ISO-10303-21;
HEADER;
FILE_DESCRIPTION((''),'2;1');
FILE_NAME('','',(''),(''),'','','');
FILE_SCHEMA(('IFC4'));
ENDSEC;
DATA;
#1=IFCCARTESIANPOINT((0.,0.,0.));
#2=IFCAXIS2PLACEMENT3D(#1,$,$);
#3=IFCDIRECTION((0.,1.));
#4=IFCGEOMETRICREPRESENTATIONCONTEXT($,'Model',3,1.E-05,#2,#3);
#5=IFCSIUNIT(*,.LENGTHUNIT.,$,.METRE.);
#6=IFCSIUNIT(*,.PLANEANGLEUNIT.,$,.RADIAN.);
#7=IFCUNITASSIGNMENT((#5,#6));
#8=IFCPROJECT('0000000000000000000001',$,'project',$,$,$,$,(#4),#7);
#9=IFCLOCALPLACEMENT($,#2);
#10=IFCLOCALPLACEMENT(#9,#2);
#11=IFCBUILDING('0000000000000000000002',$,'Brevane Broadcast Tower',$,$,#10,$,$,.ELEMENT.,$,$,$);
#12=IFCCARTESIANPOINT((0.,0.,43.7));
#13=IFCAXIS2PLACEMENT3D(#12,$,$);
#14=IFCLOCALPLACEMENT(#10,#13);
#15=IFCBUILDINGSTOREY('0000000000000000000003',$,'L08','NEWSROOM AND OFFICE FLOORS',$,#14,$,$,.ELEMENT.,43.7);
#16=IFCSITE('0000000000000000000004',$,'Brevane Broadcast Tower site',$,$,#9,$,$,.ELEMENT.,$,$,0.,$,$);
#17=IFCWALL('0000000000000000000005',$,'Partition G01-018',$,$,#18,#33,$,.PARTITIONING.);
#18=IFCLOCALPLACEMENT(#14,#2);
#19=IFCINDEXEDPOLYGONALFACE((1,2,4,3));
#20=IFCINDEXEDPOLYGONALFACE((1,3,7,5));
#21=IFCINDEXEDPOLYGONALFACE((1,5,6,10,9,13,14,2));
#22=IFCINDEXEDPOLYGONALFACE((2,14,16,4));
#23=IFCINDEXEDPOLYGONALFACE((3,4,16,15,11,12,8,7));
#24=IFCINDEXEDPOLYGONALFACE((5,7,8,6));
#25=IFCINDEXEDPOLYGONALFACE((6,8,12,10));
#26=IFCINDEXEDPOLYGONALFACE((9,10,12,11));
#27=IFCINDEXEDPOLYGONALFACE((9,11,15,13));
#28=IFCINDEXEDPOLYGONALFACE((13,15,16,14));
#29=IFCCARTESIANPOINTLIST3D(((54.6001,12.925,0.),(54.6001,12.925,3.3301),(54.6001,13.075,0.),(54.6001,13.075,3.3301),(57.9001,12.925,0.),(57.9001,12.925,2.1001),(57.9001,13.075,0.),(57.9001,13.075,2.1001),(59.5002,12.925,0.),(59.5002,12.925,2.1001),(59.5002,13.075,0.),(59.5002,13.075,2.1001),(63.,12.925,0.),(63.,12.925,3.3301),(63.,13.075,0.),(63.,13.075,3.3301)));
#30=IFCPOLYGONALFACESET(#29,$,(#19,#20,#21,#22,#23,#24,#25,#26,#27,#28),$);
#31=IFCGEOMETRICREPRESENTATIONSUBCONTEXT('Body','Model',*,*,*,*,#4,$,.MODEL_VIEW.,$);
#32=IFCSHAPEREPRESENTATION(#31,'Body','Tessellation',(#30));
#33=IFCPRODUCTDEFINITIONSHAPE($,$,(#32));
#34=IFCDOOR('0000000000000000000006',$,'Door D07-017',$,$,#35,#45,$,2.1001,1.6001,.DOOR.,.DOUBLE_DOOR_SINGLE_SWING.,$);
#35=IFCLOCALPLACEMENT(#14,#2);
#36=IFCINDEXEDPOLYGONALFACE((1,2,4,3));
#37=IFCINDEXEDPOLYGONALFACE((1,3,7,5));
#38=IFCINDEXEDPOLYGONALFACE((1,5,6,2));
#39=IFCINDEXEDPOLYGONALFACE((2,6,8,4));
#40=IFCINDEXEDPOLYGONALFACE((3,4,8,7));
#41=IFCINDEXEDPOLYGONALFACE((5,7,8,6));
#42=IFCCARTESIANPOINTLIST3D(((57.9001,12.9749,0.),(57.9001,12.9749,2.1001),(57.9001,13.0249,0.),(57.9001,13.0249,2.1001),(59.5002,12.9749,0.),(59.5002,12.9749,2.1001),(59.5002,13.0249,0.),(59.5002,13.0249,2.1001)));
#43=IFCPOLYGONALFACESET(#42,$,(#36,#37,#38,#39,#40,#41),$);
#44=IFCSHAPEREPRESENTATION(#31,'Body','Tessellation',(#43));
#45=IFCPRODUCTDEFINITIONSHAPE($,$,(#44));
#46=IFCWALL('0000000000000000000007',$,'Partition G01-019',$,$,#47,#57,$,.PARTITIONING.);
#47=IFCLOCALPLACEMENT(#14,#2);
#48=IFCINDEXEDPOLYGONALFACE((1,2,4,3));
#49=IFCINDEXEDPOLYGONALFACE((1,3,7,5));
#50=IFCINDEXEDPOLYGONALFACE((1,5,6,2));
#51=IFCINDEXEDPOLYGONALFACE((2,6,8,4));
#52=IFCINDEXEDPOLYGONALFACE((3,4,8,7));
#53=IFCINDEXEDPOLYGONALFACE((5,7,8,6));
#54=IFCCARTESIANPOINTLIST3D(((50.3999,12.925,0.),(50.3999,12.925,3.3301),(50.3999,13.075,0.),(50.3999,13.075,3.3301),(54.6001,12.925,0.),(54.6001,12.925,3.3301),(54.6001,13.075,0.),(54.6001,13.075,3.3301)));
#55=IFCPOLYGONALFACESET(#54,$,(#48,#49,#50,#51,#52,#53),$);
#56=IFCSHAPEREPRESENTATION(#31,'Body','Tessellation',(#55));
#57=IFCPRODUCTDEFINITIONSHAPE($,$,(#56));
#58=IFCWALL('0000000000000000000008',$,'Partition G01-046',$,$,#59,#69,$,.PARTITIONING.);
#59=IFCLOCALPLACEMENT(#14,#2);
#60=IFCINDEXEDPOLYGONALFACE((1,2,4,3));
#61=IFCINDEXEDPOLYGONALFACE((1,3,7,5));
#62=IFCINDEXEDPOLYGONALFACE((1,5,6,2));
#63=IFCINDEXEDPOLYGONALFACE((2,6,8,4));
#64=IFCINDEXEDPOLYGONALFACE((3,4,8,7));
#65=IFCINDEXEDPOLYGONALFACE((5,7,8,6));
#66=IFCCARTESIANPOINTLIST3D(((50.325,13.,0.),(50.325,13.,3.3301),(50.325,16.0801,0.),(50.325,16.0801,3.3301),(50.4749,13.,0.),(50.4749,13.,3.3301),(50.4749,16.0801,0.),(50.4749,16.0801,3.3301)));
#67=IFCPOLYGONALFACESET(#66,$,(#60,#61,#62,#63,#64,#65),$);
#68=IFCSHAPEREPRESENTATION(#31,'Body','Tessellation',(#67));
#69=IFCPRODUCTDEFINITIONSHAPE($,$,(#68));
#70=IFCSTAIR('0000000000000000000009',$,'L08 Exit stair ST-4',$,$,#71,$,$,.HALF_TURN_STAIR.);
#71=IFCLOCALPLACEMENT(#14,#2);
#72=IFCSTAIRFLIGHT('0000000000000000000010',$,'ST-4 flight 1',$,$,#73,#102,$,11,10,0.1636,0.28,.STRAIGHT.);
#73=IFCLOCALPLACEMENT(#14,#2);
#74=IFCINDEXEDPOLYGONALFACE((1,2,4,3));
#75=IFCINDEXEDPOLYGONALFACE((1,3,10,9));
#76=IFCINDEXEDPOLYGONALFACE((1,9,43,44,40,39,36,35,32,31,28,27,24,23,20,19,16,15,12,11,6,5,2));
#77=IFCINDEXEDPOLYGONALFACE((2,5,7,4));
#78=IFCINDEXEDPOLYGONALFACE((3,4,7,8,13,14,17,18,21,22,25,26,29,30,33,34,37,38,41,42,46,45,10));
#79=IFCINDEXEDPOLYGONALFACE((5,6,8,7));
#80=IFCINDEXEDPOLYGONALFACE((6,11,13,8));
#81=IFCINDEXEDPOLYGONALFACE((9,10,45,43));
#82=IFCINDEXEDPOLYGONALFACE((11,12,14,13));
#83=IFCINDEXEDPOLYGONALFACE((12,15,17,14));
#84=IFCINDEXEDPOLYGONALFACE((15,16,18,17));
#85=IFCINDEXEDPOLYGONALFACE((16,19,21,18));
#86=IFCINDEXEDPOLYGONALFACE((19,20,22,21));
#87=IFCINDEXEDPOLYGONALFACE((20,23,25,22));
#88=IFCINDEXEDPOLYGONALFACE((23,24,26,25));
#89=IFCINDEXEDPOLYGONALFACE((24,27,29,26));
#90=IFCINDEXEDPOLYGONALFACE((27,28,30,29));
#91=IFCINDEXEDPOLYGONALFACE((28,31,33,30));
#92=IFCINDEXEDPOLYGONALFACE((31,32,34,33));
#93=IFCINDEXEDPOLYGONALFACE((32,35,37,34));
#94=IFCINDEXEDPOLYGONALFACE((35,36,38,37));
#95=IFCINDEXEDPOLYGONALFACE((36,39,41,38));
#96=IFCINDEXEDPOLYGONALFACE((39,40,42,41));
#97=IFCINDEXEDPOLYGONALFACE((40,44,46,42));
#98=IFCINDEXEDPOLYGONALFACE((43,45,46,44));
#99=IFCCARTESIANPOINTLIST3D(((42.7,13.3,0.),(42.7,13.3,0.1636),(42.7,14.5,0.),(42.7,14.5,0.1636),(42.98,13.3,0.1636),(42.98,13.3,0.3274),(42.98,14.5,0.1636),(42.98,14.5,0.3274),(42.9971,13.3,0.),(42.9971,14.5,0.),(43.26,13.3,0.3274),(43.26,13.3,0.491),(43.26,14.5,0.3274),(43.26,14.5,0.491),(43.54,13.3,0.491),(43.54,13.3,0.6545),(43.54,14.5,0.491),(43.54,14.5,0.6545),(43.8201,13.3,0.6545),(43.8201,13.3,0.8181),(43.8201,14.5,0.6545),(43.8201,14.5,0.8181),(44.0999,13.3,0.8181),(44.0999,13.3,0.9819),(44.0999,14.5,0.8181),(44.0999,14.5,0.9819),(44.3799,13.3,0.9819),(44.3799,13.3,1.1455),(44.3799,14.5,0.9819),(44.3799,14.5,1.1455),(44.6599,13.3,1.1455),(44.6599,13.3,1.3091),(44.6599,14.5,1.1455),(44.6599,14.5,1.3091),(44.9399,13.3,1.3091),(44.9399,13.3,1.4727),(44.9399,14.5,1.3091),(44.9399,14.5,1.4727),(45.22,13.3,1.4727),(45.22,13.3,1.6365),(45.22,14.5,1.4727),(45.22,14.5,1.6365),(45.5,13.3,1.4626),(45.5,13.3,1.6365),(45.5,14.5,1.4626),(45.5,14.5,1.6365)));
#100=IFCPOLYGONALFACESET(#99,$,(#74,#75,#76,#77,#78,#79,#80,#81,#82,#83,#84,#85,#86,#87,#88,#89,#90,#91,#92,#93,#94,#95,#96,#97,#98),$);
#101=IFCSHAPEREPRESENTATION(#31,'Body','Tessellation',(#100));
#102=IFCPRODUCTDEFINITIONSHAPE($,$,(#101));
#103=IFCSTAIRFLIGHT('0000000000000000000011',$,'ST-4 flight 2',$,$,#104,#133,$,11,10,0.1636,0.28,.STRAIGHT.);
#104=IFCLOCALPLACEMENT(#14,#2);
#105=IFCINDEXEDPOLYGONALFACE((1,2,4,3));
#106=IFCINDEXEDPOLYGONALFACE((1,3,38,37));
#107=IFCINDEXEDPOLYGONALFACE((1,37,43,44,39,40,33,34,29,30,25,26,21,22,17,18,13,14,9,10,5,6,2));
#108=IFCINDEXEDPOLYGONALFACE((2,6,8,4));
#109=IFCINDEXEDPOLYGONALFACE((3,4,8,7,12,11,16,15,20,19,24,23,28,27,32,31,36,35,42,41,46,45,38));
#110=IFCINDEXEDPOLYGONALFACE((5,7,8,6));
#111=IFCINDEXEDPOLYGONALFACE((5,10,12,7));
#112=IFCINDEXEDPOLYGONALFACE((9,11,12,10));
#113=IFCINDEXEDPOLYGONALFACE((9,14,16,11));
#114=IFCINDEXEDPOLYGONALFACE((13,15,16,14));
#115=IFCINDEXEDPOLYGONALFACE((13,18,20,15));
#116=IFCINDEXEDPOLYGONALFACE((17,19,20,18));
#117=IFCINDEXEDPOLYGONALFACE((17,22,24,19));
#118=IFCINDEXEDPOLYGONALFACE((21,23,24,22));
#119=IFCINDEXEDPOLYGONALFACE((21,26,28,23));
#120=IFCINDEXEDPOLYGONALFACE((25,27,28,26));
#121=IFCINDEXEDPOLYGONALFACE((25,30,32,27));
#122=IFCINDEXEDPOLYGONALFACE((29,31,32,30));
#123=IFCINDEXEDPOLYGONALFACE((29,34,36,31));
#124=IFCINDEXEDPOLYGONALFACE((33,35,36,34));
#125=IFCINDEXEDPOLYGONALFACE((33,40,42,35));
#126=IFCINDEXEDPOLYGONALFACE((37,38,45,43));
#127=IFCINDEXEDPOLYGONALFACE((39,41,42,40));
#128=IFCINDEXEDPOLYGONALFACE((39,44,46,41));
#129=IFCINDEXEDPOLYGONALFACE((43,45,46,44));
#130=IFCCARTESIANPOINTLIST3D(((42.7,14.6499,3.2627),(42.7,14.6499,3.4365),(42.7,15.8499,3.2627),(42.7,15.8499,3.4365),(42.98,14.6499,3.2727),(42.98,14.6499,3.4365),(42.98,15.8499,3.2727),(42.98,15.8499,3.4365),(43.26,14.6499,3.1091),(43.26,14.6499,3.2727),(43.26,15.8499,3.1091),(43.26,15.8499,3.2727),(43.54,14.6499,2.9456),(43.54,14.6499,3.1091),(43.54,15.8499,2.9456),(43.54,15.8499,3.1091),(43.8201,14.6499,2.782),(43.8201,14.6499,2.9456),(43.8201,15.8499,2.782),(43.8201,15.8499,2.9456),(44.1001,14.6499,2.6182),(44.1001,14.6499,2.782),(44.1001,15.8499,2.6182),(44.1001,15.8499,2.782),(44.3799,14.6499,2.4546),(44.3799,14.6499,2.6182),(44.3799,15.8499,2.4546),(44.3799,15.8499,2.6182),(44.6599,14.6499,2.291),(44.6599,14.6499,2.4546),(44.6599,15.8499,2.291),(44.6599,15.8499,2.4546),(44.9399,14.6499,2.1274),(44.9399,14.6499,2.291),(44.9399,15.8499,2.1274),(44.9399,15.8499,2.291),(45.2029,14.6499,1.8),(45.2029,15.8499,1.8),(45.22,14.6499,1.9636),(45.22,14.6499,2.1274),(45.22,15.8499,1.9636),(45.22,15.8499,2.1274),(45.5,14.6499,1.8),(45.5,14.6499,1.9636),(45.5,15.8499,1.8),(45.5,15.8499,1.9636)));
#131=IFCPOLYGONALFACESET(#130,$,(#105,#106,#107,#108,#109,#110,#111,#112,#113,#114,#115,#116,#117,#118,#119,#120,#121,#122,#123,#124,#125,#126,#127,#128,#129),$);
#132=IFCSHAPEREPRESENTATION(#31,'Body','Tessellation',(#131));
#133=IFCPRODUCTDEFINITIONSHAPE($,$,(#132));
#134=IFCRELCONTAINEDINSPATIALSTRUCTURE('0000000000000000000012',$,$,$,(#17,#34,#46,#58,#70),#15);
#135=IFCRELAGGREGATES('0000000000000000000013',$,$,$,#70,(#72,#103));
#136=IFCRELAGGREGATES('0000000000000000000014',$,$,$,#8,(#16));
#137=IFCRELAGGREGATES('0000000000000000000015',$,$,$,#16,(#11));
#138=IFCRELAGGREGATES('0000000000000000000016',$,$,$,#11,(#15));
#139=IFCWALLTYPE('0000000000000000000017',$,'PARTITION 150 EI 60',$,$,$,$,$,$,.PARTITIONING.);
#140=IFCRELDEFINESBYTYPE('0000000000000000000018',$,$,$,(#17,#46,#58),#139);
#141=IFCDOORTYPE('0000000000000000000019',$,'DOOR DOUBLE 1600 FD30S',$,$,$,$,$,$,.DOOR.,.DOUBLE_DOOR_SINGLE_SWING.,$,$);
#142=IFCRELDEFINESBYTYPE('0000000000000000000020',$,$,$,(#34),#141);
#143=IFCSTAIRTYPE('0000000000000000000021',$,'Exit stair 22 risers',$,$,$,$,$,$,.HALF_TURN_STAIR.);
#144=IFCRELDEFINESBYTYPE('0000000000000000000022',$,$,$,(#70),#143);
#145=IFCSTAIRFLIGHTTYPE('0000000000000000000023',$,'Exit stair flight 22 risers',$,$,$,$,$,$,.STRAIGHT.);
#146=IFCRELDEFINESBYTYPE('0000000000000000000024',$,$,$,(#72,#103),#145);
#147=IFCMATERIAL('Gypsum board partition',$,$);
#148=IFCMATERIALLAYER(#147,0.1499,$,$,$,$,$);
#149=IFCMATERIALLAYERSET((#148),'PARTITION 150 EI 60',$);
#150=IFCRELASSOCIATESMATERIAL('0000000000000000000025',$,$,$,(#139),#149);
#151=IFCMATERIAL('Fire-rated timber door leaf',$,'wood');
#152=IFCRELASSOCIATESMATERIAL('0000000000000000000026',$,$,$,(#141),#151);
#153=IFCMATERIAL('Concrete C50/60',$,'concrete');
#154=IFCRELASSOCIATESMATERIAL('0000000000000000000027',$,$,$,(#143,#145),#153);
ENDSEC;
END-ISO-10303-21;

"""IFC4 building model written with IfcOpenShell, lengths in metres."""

from ifc_helpers import new_model, si_unit, direction, frame, frame_2d, origin, place, context, subcontext, project, spatial, polyline, rectangle, outline, extrude, material, layer, layer_set, type_object, element, fill, aggregate, save


model = new_model("IFC4")

# Units and contexts
model_context = context("Model", 3, precision=1e-05, world=origin(), true_north=direction((0.0, 1.0)))
body_context = subcontext(model_context, "Body", "Model", "MODEL_VIEW")
ifc_project = project(units=[si_unit("LENGTHUNIT", "METRE"), si_unit("PLANEANGLEUNIT", "RADIAN")], contexts=[model_context])

# Site, building, storey
site_placement = place(None, origin())
site = spatial("IfcSite", under=ifc_project, at=site_placement, Name="Brevane Broadcast Tower site", CompositionType="ELEMENT", RefElevation=0.0)
building_placement = place(site_placement, origin())
building = spatial("IfcBuilding", under=site, at=building_placement, Name="Brevane Broadcast Tower", CompositionType="ELEMENT")
storey_placement = place(building_placement, frame((0.0, 0.0, 43.7)))
storey = spatial("IfcBuildingStorey", under=building, at=storey_placement, Name="L08", Description="NEWSROOM AND OFFICE FLOORS", CompositionType="ELEMENT", Elevation=43.7)

# Shared definitions
ifc_material_1 = material(Name="Gypsum board partition")

# Shared definitions
ifc_layer_1 = layer(ifc_material_1, 0.1499)
ifc_layer_set_1 = layer_set([ifc_layer_1], Name="PARTITION 150 EI 60")
wall_type_1 = type_object("IfcWallType", Name="PARTITION 150 EI 60", PredefinedType="PARTITIONING", material=ifc_layer_set_1)
ifc_material_2 = material(Name="Fire-rated timber door leaf", Category="wood")
door_type_1 = type_object("IfcDoorType", Name="DOOR DOUBLE 1600 FD30S", OperationType="DOUBLE_DOOR_SINGLE_SWING", PredefinedType="DOOR", material=ifc_material_2)

# Wall, opening, door
wall_1_placement = place(storey_placement, frame((54.6001, 13.0, 0.0), z_axis=(0.0, 0.0, 1.0), x_axis=(1.0, 0.0, 0.0)))
wall_1 = element("IfcWall", 1, at=wall_1_placement, inside=storey, type_object=wall_type_1, Name="Partition G01-018", PredefinedType="PARTITIONING", context=body_context, shape_type="SweptSolid", body=[
    extrude(rectangle(XDim=8.3999, YDim=0.1499, at=frame_2d((4.2, 0.0))), origin(), (0.0, 0.0, 1.0), 3.3301),
])
opening_1_placement = place(wall_1_placement, frame((3.3, 0.0, 0.0)))
opening_1 = element("IfcOpeningElement", 2, at=opening_1_placement, cuts=wall_1, PredefinedType="OPENING", context=body_context, shape_type="SweptSolid", body=[
    extrude(rectangle(XDim=1.6001, YDim=2.1001, at=frame_2d((0.8, 1.05))), frame((0.0, 0.085, 0.0), z_axis=(0.0, -1.0, 0.0), x_axis=(1.0, 0.0, 0.0)), (0.0, 0.0, 1.0), 0.1699),
])
door_1_placement = place(opening_1_placement, origin())
door_1 = element("IfcDoor", 3, at=door_1_placement, inside=storey, type_object=door_type_1, Name="Door D07-017", OperationType="DOUBLE_DOOR_SINGLE_SWING", OverallHeight=2.1001, OverallWidth=1.6001, PredefinedType="DOOR", context=body_context, shape_type="SweptSolid", body=[
    extrude(rectangle(XDim=1.6001, YDim=2.1001, at=frame_2d((0.8, 1.05))), frame((0.0, 0.0249, 0.0), z_axis=(0.0, -1.0, 0.0), x_axis=(1.0, 0.0, 0.0)), (0.0, 0.0, 1.0), 0.05),
])
fill(opening_1, door_1)

# Walls
wall_2_placement = place(storey_placement, frame((50.3999, 13.0, 0.0), z_axis=(0.0, 0.0, 1.0), x_axis=(1.0, 0.0, 0.0)))
element("IfcWall", 4, at=wall_2_placement, inside=storey, type_object=wall_type_1, Name="Partition G01-019", PredefinedType="PARTITIONING", context=body_context, shape_type="SweptSolid", body=[
    extrude(rectangle(XDim=4.2002, YDim=0.1499, at=frame_2d((2.1001, 0.0))), origin(), (0.0, 0.0, 1.0), 3.3301),
])
wall_3_placement = place(storey_placement, frame((50.3999, 16.0801, 0.0), z_axis=(0.0, 0.0, 1.0), x_axis=(0.0, -1.0, 0.0)))
element("IfcWall", 5, at=wall_3_placement, inside=storey, type_object=wall_type_1, Name="Partition G01-046", PredefinedType="PARTITIONING", context=body_context, shape_type="SweptSolid", body=[
    extrude(rectangle(XDim=3.0801, YDim=0.1499, at=frame_2d((1.54, 0.0))), origin(), (0.0, 0.0, 1.0), 3.3301),
])

# Stair, stair flights
ifc_material_3 = material(Name="Concrete C50/60", Category="concrete")
stair_type = type_object("IfcStairType", Name="Exit stair 22 risers", PredefinedType="HALF_TURN_STAIR", material=ifc_material_3)
stair_placement = place(storey_placement, origin())
stair = element("IfcStair", 6, at=stair_placement, inside=storey, type_object=stair_type, Name="L08 Exit stair ST-4", PredefinedType="HALF_TURN_STAIR")
stair_flight_type = type_object("IfcStairFlightType", Name="Exit stair flight 22 risers", PredefinedType="STRAIGHT", material=ifc_material_3)
stair_flight_1_placement = place(storey_placement, frame((42.7, 13.8999, 0.0), z_axis=(0.0, 0.0, 1.0), x_axis=(1.0, 0.0, 0.0)))
stair_flight_1 = element("IfcStairFlight", 7, at=stair_flight_1_placement, type_object=stair_flight_type, Name="ST-4 flight 1", NumberOfRisers=11, NumberOfTreads=10, PredefinedType="STRAIGHT", RiserHeight=0.1636, TreadLength=0.28, context=body_context, shape_type="SweptSolid", body=[
    extrude(outline(polyline([(0.0, 0.0), (0.0, 0.1636), (0.28, 0.1636), (0.28, 0.3274), (0.5601, 0.3274), (0.5601, 0.491), (0.8401, 0.491), (0.8401, 0.6545), (1.1201, 0.6545), (1.1201, 0.8181), (1.3999, 0.8181), (1.3999, 0.9819), (1.6799, 0.9819), (1.6799, 1.1455), (1.96, 1.1455), (1.96, 1.3091), (2.24, 1.3091), (2.24, 1.4727), (2.52, 1.4727), (2.52, 1.6365), (2.8, 1.6365), (2.8, 1.8), (2.8, 1.4626), (0.2971, 0.0), (0.0, 0.0)])), frame((0.0, 0.6001, 0.0), z_axis=(0.0, -1.0, 0.0), x_axis=(1.0, 0.0, 0.0)), (0.0, 0.0, 1.0), 1.2),
])
stair_flight_2_placement = place(storey_placement, frame((45.5, 15.25, 1.8), z_axis=(0.0, 0.0, 1.0), x_axis=(-1.0, 0.0, 0.0)))
stair_flight_2 = element("IfcStairFlight", 8, at=stair_flight_2_placement, type_object=stair_flight_type, Name="ST-4 flight 2", NumberOfRisers=11, NumberOfTreads=10, PredefinedType="STRAIGHT", RiserHeight=0.1636, TreadLength=0.28, context=body_context, shape_type="SweptSolid", body=[
    extrude(outline(polyline([(0.0, 0.0), (0.0, 0.1636), (0.28, 0.1636), (0.28, 0.3274), (0.5601, 0.3274), (0.5601, 0.491), (0.8401, 0.491), (0.8401, 0.6545), (1.1201, 0.6545), (1.1201, 0.8181), (1.3999, 0.8181), (1.3999, 0.9819), (1.6799, 0.9819), (1.6799, 1.1455), (1.96, 1.1455), (1.96, 1.3091), (2.24, 1.3091), (2.24, 1.4727), (2.52, 1.4727), (2.52, 1.6365), (2.8, 1.6365), (2.8, 1.8), (2.8, 1.4626), (0.2971, 0.0), (0.0, 0.0)])), frame((0.0, 0.6001, 0.0), z_axis=(0.0, -1.0, 0.0), x_axis=(1.0, 0.0, 0.0)), (0.0, 0.0, 1.0), 1.2),
])
aggregate(stair, [stair_flight_1, stair_flight_2])

save(model, "model.ifc")
